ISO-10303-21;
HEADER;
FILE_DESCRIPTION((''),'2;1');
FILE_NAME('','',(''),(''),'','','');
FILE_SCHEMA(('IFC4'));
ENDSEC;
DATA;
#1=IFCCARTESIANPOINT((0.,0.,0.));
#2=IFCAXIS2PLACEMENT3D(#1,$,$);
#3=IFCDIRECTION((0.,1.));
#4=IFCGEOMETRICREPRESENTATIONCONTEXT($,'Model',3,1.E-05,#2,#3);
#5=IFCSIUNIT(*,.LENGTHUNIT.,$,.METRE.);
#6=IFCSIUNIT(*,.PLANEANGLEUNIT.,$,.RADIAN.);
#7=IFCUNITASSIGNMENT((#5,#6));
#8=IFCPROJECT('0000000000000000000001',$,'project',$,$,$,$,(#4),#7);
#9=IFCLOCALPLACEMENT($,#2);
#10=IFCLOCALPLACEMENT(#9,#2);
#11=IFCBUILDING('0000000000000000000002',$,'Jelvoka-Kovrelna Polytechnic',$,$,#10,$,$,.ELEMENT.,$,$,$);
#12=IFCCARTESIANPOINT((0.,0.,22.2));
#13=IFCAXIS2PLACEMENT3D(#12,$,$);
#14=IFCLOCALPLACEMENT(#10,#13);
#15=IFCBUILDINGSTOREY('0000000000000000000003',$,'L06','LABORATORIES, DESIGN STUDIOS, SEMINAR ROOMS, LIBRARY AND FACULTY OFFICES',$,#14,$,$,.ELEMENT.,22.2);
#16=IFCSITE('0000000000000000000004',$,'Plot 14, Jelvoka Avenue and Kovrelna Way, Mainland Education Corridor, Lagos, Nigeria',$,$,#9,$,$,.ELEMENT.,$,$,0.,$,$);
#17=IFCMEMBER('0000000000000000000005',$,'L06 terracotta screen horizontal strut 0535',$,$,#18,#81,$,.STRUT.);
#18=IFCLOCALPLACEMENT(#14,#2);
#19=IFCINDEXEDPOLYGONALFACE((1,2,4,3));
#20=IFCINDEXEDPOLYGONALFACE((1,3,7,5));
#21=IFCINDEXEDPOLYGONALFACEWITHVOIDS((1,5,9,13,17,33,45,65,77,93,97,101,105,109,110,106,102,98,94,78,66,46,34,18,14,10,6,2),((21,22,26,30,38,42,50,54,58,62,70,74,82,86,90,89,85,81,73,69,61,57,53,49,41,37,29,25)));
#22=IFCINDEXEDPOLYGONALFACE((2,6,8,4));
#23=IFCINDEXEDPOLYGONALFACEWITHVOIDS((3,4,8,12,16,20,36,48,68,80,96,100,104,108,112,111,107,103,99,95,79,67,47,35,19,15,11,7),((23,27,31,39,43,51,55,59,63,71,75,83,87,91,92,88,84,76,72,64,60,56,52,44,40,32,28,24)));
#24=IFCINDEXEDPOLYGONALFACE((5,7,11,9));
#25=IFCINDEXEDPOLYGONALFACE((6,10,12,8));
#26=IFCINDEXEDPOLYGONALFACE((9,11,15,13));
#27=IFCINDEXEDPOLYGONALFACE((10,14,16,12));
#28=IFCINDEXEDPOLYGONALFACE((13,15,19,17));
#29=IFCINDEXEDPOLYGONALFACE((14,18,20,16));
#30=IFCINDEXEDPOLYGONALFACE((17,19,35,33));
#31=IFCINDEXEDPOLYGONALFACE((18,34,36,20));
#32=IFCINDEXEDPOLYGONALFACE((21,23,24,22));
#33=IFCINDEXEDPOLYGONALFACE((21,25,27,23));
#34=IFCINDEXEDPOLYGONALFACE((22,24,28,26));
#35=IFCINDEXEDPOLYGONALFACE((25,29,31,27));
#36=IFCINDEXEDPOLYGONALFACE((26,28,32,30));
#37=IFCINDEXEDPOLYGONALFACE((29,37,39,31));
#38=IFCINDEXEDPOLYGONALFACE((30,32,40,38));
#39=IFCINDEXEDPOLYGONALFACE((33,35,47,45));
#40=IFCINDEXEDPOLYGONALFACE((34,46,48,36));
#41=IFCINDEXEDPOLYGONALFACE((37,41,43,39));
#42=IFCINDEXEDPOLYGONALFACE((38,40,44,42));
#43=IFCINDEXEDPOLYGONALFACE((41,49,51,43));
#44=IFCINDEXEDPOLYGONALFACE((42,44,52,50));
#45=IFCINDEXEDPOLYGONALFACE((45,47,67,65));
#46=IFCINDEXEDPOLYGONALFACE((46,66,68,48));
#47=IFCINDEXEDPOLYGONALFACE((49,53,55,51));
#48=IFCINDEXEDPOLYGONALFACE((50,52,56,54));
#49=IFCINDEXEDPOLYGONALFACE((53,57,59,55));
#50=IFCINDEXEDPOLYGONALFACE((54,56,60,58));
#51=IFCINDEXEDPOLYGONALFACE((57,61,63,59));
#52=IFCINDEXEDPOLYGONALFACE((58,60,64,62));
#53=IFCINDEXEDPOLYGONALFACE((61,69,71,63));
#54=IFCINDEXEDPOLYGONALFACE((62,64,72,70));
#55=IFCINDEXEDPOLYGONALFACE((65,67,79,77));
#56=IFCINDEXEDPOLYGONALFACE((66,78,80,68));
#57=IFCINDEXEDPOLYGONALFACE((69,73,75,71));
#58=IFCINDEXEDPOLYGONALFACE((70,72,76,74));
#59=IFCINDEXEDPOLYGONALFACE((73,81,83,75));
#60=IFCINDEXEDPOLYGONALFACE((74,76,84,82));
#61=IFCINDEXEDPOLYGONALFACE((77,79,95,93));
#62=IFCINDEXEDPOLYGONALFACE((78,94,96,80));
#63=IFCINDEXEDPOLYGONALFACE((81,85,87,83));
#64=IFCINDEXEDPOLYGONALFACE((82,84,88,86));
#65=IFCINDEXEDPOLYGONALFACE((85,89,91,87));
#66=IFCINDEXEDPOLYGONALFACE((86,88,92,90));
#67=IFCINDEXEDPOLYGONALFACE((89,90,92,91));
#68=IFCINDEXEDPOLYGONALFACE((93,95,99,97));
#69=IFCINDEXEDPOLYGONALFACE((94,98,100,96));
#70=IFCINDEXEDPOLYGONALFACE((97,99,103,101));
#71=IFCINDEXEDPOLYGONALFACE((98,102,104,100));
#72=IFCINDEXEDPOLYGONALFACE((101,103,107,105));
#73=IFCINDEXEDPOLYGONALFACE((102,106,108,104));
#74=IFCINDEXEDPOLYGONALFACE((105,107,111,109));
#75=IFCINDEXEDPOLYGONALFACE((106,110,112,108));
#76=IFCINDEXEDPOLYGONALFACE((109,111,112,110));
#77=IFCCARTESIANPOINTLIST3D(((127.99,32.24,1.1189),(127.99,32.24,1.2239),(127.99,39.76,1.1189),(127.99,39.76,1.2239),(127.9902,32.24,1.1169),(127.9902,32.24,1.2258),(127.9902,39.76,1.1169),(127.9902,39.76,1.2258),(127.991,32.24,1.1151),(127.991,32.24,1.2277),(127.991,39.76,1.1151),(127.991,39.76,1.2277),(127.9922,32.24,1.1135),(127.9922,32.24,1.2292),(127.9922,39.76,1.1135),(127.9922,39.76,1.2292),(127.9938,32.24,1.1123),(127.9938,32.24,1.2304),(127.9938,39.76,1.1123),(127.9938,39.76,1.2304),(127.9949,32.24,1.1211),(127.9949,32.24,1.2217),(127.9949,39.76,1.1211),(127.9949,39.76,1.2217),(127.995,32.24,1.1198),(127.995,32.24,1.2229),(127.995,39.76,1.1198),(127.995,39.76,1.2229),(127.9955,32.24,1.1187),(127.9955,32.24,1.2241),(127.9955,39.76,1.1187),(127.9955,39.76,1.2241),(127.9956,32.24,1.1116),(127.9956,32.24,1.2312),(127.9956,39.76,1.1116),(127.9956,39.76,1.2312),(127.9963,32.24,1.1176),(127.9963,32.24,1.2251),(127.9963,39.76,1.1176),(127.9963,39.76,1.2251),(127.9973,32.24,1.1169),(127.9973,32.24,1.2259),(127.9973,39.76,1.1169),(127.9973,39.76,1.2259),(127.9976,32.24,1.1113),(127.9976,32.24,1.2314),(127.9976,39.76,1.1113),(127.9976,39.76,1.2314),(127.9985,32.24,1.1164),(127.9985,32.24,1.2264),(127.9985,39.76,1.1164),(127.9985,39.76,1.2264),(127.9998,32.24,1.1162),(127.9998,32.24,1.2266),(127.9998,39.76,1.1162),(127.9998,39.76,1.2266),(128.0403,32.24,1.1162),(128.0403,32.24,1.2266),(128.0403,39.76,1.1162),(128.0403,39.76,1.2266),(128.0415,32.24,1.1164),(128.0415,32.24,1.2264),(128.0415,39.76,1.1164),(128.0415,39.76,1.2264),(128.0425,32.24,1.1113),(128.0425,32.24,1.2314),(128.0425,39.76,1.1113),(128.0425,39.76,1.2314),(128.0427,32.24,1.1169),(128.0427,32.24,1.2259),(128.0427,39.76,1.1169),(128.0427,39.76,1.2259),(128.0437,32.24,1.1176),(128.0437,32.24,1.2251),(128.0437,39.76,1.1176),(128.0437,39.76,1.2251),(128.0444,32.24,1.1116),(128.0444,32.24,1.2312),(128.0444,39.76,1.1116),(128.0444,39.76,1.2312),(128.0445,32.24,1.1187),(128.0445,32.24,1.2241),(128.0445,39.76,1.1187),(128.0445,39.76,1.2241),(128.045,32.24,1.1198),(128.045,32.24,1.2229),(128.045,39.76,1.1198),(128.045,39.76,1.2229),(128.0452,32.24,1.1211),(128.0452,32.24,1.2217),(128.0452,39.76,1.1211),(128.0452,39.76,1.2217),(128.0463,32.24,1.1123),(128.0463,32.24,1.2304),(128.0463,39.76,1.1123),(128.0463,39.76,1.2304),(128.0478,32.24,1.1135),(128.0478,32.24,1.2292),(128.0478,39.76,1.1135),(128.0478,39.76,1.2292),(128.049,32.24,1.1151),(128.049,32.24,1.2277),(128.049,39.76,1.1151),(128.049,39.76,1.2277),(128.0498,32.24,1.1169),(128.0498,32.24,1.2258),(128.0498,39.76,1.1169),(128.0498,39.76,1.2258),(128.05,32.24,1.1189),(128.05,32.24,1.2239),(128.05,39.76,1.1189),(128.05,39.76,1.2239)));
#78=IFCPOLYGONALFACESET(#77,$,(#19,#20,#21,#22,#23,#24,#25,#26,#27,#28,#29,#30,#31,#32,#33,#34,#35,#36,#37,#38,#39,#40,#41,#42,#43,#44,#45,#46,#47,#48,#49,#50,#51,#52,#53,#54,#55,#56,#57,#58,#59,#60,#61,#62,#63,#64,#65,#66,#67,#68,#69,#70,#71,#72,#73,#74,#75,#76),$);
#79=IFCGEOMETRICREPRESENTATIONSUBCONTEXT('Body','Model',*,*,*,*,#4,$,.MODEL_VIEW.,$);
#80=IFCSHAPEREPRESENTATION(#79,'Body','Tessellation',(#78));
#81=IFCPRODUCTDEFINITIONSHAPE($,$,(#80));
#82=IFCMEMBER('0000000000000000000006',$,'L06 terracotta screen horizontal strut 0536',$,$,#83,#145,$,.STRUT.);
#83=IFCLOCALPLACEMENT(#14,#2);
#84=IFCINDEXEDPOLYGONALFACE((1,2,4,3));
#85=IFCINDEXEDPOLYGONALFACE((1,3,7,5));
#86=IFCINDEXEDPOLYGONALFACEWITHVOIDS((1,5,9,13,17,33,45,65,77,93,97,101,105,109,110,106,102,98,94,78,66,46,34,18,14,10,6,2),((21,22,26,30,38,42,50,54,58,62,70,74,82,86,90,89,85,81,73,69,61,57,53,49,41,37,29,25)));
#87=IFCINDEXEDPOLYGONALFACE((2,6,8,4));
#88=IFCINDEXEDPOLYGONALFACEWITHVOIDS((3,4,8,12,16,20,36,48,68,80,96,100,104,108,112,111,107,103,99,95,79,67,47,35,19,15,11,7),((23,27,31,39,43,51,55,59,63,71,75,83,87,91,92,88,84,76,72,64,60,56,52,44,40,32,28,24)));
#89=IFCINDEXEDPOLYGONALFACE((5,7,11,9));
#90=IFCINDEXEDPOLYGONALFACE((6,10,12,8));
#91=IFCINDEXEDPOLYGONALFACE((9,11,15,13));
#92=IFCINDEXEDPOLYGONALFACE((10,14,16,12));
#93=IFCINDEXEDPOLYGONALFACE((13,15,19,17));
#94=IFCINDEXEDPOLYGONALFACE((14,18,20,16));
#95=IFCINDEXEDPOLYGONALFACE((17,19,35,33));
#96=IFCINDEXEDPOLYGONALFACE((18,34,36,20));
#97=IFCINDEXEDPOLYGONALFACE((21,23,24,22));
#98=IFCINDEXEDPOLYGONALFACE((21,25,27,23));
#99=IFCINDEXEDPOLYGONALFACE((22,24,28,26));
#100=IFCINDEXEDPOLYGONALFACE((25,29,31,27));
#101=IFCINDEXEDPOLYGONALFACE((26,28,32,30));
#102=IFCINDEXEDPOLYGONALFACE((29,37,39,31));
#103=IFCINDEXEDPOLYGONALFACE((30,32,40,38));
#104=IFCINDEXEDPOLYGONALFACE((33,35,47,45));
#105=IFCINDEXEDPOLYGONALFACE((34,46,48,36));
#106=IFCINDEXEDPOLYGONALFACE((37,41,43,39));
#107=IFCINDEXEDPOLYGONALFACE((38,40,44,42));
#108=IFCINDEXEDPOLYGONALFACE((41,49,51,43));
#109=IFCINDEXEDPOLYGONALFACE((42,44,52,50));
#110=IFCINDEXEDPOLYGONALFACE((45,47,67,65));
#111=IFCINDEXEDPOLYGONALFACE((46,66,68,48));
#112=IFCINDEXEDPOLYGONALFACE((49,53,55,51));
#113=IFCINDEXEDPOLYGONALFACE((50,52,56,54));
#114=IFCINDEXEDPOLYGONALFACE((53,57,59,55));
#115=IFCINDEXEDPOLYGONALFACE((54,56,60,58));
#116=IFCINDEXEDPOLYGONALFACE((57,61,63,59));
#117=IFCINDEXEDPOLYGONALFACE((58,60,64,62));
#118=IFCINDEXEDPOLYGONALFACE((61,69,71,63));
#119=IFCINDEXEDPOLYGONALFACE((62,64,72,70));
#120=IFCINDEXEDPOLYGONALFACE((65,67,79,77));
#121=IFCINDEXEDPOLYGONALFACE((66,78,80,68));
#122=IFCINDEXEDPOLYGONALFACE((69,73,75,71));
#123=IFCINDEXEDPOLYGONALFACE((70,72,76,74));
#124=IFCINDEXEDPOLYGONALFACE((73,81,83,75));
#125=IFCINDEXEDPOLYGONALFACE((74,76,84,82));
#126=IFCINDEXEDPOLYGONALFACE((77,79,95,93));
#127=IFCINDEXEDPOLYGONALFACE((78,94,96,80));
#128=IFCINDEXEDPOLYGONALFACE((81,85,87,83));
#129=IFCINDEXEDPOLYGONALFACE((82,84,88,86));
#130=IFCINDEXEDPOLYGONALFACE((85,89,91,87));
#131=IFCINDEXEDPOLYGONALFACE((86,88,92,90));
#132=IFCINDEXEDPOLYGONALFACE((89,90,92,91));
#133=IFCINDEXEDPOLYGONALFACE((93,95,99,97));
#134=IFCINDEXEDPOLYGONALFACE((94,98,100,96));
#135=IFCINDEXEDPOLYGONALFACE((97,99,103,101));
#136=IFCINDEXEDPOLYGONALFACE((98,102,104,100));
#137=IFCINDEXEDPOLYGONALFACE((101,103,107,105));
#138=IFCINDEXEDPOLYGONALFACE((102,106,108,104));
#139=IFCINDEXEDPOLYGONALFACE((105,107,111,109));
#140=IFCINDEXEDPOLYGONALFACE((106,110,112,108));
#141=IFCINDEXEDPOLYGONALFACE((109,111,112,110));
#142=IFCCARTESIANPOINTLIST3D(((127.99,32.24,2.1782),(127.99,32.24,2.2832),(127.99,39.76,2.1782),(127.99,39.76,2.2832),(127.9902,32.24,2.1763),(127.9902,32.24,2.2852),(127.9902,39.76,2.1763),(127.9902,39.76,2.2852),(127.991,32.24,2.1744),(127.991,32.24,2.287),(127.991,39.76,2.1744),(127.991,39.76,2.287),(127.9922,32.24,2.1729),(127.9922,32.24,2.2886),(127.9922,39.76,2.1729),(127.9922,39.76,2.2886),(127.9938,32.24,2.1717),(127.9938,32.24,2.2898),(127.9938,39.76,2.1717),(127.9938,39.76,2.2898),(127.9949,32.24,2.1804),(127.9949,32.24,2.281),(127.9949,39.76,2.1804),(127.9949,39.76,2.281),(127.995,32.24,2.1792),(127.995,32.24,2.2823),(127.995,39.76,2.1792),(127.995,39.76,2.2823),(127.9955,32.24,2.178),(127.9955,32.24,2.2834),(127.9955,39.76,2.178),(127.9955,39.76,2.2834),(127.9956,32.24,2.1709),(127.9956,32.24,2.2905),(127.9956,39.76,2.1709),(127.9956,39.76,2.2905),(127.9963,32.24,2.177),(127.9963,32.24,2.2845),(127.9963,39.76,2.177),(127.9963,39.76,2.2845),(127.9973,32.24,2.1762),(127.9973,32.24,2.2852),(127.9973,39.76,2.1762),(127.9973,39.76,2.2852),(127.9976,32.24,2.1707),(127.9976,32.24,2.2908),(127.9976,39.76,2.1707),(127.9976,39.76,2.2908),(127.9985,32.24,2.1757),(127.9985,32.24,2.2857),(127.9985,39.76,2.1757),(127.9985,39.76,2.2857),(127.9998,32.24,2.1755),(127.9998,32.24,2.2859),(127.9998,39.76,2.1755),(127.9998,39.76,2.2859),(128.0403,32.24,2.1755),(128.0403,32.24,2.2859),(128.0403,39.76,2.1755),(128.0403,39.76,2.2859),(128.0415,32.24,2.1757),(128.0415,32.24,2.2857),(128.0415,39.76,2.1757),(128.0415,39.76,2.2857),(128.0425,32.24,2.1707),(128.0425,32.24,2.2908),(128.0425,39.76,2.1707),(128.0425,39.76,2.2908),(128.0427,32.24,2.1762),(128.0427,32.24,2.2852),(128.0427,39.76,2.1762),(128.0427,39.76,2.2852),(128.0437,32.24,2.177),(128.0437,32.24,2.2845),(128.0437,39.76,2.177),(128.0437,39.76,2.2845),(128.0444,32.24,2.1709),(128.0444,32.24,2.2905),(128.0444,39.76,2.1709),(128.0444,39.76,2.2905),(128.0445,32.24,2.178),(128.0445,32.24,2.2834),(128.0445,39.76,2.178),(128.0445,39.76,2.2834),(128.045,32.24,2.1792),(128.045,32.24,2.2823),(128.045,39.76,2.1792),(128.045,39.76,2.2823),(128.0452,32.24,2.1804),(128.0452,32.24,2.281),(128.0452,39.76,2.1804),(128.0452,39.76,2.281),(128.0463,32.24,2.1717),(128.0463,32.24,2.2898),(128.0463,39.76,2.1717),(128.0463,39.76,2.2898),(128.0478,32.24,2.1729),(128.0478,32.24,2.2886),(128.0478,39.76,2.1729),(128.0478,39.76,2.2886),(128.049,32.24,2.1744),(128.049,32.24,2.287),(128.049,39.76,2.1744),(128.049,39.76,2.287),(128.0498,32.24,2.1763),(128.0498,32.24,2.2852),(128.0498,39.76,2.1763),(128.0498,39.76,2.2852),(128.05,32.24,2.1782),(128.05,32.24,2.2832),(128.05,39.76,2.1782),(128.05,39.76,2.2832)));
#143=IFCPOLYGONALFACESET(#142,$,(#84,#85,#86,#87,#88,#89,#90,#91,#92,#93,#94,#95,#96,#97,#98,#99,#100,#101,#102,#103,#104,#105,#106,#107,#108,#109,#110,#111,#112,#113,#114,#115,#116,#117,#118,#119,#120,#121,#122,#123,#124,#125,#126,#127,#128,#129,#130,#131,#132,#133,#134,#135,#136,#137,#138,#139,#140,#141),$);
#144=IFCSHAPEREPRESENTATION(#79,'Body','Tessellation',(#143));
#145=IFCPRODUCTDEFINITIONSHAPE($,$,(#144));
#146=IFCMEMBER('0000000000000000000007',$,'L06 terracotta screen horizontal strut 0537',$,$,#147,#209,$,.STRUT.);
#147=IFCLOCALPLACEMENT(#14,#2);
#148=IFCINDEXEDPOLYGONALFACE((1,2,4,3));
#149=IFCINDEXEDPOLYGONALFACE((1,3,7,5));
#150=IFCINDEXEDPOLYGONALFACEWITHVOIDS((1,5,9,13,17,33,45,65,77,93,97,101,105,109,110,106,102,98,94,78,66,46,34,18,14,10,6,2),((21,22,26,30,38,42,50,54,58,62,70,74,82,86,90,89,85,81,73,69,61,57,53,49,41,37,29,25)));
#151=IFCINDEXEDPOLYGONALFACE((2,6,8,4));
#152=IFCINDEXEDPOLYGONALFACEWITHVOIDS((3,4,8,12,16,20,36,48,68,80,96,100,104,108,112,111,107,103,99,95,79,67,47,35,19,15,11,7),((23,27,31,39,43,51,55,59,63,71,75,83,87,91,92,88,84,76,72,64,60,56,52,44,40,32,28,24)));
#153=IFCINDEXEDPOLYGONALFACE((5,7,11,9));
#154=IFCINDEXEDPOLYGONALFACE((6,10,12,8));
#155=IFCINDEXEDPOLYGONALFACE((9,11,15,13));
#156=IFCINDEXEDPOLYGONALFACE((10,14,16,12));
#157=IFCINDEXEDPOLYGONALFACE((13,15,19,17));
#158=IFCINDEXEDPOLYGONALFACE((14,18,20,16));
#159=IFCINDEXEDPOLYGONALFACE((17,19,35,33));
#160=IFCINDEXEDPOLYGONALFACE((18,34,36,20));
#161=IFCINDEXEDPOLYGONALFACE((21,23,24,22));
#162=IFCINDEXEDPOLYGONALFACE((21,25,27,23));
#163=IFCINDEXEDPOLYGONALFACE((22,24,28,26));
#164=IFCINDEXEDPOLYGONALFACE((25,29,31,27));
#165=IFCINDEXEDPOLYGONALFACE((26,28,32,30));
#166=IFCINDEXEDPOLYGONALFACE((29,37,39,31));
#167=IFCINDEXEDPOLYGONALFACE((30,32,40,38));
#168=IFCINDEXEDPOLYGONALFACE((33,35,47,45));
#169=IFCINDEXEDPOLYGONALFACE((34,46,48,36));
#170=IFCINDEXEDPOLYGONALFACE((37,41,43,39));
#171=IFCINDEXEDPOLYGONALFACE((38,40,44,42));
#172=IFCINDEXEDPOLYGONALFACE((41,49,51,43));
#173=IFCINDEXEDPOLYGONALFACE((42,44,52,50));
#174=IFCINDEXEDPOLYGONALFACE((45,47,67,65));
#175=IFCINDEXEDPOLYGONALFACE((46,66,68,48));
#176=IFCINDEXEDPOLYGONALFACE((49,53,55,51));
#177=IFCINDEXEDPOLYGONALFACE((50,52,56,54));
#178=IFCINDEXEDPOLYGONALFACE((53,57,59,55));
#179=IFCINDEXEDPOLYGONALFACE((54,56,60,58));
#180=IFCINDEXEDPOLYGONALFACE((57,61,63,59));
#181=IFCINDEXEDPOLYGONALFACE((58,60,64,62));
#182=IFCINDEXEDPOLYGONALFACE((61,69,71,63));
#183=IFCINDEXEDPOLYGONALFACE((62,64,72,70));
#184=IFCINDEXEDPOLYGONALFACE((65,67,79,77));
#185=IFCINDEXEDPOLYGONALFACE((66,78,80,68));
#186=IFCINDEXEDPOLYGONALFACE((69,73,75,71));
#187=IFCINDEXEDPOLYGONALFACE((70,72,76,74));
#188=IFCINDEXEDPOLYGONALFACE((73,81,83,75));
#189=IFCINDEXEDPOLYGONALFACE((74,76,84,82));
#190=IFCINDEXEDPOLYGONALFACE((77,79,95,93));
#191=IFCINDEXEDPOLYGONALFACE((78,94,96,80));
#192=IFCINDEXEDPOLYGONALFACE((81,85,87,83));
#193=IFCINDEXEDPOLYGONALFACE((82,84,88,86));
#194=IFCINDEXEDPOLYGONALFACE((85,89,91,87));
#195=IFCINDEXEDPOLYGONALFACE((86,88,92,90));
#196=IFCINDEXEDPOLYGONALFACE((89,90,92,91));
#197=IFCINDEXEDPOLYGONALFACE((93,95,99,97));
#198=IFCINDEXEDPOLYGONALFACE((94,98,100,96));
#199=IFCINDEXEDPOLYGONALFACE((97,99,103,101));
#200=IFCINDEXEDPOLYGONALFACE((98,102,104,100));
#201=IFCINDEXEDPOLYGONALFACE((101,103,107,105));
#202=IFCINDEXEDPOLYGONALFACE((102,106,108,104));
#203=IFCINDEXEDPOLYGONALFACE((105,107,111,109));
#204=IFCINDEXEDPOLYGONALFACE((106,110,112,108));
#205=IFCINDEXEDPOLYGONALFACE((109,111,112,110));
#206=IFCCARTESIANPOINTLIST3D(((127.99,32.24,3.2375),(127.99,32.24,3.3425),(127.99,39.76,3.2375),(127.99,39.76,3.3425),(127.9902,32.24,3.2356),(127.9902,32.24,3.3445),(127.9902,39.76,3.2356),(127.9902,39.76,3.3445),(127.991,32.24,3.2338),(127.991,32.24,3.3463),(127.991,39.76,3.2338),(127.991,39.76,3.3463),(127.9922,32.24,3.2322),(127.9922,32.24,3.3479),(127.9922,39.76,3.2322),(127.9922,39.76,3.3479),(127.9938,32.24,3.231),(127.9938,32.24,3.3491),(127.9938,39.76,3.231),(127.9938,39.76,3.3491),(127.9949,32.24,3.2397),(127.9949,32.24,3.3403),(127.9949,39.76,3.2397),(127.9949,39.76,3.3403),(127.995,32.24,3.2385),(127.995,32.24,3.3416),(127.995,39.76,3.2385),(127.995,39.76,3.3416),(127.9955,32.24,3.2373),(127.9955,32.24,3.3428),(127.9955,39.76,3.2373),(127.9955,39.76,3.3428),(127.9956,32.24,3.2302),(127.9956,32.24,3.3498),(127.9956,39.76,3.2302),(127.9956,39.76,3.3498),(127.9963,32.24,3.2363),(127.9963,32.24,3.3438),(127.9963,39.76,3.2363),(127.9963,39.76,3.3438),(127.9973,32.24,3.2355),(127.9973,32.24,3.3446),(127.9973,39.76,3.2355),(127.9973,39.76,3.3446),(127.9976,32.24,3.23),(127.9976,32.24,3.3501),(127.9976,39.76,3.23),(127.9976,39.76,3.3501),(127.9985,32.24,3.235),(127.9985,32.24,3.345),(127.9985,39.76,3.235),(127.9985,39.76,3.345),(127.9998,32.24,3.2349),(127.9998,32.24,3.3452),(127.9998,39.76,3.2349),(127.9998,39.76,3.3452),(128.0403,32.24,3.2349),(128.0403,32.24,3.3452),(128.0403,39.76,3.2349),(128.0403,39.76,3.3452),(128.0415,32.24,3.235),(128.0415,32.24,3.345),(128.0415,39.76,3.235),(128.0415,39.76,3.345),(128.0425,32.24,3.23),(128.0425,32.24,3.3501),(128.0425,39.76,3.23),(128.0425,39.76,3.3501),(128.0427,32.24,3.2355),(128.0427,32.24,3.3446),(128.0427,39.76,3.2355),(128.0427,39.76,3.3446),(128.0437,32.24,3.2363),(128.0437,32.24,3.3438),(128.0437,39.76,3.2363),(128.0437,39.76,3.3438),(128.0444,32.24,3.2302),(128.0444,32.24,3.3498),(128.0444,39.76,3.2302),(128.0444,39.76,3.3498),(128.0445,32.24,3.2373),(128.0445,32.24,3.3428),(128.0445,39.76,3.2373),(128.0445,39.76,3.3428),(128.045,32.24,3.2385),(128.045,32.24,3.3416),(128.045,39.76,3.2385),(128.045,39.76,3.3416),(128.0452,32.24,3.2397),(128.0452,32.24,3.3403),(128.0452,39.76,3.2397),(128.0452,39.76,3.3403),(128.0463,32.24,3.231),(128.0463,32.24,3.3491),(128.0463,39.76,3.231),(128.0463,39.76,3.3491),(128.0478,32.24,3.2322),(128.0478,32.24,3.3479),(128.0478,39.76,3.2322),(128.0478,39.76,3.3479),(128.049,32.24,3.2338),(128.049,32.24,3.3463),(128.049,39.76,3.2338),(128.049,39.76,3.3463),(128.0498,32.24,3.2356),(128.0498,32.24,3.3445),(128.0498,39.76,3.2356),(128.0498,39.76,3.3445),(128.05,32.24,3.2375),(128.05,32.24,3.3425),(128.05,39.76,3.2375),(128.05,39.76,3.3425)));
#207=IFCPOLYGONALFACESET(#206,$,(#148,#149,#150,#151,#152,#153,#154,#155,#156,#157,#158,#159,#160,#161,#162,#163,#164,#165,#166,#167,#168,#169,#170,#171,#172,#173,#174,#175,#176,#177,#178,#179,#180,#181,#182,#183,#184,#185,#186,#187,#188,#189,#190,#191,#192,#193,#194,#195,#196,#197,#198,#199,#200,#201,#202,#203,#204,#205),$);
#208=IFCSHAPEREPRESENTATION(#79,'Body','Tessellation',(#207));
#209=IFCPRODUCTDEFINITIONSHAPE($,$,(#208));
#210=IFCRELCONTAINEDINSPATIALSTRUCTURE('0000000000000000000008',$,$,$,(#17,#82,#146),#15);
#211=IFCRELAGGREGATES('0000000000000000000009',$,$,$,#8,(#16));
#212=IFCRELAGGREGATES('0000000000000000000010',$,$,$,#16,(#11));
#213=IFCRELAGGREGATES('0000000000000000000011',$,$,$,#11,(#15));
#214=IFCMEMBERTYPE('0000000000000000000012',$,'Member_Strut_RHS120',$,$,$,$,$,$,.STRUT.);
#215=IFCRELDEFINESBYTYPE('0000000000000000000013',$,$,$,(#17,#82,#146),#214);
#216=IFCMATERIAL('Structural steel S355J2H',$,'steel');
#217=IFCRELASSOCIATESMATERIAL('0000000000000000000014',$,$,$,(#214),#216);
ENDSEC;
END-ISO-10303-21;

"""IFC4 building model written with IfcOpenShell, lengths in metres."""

from ifc_helpers import new_model, si_unit, direction, frame, origin, origin_2d, place, context, subcontext, project, spatial, hollow_rectangle, extrude, material, material_profile, profile_set, type_object, element, save


model = new_model("IFC4")

# Units and contexts
model_context = context("Model", 3, precision=1e-05, world=origin(), true_north=direction((0.0, 1.0)))
body_context = subcontext(model_context, "Body", "Model", "MODEL_VIEW")
ifc_project = project(units=[si_unit("LENGTHUNIT", "METRE"), si_unit("PLANEANGLEUNIT", "RADIAN")], contexts=[model_context])

# Site, building, storey
site_placement = place(None, origin())
site = spatial("IfcSite", under=ifc_project, at=site_placement, Name="Plot 14, Jelvoka Avenue and Kovrelna Way, Mainland Education Corridor, Lagos, Nigeria", CompositionType="ELEMENT", RefElevation=0.0)
building_placement = place(site_placement, origin())
building = spatial("IfcBuilding", under=site, at=building_placement, Name="Jelvoka-Kovrelna Polytechnic", CompositionType="ELEMENT")
storey_placement = place(building_placement, frame((0.0, 0.0, 22.2)))
storey = spatial("IfcBuildingStorey", under=building, at=storey_placement, Name="L06", Description="LABORATORIES, DESIGN STUDIOS, SEMINAR ROOMS, LIBRARY AND FACULTY OFFICES", CompositionType="ELEMENT", Elevation=22.2)

# Members
ifc_material_1 = material(Name="Structural steel S355J2H", Category="steel")
ifc_material_profile_1 = material_profile(ifc_material_1, hollow_rectangle(XDim=0.0601, YDim=0.1201, WallThickness=0.0049, InnerFilletRadius=0.0049, OuterFilletRadius=0.0076, at=origin_2d()), Name="120x60x5.0 RHS")
ifc_profile_set_1 = profile_set([ifc_material_profile_1], Name="Structural steel S355J2H")
member_type_1 = type_object("IfcMemberType", Name="Member_Strut_RHS120", PredefinedType="STRUT", material=ifc_profile_set_1)
for number, where, z_axis, x_axis, name in (
    (1, (128.02, 32.24, 1.1714), (0.0, 1.0, 0.0), (-1.0, 0.0, 0.0), "L06 terracotta screen horizontal strut 0535"),
    (2, (128.02, 32.24, 2.2307), (0.0, 1.0, 0.0), (-1.0, 0.0, 0.0), "L06 terracotta screen horizontal strut 0536"),
    (3, (128.02, 32.24, 3.29), (0.0, 1.0, 0.0), (-1.0, 0.0, 0.0), "L06 terracotta screen horizontal strut 0537"),
):
    element("IfcMember", number, at=place(storey_placement, frame(where, z_axis=z_axis, x_axis=x_axis)), inside=storey, type_object=member_type_1, Name=name, PredefinedType="STRUT", context=body_context, shape_type="SweptSolid", body=[
        extrude(hollow_rectangle(XDim=0.0601, YDim=0.1201, WallThickness=0.0049, InnerFilletRadius=0.0049, OuterFilletRadius=0.0076, at=origin_2d()), origin(), (0.0, 0.0, 1.0), 7.52),
    ])

save(model, "model.ifc")
